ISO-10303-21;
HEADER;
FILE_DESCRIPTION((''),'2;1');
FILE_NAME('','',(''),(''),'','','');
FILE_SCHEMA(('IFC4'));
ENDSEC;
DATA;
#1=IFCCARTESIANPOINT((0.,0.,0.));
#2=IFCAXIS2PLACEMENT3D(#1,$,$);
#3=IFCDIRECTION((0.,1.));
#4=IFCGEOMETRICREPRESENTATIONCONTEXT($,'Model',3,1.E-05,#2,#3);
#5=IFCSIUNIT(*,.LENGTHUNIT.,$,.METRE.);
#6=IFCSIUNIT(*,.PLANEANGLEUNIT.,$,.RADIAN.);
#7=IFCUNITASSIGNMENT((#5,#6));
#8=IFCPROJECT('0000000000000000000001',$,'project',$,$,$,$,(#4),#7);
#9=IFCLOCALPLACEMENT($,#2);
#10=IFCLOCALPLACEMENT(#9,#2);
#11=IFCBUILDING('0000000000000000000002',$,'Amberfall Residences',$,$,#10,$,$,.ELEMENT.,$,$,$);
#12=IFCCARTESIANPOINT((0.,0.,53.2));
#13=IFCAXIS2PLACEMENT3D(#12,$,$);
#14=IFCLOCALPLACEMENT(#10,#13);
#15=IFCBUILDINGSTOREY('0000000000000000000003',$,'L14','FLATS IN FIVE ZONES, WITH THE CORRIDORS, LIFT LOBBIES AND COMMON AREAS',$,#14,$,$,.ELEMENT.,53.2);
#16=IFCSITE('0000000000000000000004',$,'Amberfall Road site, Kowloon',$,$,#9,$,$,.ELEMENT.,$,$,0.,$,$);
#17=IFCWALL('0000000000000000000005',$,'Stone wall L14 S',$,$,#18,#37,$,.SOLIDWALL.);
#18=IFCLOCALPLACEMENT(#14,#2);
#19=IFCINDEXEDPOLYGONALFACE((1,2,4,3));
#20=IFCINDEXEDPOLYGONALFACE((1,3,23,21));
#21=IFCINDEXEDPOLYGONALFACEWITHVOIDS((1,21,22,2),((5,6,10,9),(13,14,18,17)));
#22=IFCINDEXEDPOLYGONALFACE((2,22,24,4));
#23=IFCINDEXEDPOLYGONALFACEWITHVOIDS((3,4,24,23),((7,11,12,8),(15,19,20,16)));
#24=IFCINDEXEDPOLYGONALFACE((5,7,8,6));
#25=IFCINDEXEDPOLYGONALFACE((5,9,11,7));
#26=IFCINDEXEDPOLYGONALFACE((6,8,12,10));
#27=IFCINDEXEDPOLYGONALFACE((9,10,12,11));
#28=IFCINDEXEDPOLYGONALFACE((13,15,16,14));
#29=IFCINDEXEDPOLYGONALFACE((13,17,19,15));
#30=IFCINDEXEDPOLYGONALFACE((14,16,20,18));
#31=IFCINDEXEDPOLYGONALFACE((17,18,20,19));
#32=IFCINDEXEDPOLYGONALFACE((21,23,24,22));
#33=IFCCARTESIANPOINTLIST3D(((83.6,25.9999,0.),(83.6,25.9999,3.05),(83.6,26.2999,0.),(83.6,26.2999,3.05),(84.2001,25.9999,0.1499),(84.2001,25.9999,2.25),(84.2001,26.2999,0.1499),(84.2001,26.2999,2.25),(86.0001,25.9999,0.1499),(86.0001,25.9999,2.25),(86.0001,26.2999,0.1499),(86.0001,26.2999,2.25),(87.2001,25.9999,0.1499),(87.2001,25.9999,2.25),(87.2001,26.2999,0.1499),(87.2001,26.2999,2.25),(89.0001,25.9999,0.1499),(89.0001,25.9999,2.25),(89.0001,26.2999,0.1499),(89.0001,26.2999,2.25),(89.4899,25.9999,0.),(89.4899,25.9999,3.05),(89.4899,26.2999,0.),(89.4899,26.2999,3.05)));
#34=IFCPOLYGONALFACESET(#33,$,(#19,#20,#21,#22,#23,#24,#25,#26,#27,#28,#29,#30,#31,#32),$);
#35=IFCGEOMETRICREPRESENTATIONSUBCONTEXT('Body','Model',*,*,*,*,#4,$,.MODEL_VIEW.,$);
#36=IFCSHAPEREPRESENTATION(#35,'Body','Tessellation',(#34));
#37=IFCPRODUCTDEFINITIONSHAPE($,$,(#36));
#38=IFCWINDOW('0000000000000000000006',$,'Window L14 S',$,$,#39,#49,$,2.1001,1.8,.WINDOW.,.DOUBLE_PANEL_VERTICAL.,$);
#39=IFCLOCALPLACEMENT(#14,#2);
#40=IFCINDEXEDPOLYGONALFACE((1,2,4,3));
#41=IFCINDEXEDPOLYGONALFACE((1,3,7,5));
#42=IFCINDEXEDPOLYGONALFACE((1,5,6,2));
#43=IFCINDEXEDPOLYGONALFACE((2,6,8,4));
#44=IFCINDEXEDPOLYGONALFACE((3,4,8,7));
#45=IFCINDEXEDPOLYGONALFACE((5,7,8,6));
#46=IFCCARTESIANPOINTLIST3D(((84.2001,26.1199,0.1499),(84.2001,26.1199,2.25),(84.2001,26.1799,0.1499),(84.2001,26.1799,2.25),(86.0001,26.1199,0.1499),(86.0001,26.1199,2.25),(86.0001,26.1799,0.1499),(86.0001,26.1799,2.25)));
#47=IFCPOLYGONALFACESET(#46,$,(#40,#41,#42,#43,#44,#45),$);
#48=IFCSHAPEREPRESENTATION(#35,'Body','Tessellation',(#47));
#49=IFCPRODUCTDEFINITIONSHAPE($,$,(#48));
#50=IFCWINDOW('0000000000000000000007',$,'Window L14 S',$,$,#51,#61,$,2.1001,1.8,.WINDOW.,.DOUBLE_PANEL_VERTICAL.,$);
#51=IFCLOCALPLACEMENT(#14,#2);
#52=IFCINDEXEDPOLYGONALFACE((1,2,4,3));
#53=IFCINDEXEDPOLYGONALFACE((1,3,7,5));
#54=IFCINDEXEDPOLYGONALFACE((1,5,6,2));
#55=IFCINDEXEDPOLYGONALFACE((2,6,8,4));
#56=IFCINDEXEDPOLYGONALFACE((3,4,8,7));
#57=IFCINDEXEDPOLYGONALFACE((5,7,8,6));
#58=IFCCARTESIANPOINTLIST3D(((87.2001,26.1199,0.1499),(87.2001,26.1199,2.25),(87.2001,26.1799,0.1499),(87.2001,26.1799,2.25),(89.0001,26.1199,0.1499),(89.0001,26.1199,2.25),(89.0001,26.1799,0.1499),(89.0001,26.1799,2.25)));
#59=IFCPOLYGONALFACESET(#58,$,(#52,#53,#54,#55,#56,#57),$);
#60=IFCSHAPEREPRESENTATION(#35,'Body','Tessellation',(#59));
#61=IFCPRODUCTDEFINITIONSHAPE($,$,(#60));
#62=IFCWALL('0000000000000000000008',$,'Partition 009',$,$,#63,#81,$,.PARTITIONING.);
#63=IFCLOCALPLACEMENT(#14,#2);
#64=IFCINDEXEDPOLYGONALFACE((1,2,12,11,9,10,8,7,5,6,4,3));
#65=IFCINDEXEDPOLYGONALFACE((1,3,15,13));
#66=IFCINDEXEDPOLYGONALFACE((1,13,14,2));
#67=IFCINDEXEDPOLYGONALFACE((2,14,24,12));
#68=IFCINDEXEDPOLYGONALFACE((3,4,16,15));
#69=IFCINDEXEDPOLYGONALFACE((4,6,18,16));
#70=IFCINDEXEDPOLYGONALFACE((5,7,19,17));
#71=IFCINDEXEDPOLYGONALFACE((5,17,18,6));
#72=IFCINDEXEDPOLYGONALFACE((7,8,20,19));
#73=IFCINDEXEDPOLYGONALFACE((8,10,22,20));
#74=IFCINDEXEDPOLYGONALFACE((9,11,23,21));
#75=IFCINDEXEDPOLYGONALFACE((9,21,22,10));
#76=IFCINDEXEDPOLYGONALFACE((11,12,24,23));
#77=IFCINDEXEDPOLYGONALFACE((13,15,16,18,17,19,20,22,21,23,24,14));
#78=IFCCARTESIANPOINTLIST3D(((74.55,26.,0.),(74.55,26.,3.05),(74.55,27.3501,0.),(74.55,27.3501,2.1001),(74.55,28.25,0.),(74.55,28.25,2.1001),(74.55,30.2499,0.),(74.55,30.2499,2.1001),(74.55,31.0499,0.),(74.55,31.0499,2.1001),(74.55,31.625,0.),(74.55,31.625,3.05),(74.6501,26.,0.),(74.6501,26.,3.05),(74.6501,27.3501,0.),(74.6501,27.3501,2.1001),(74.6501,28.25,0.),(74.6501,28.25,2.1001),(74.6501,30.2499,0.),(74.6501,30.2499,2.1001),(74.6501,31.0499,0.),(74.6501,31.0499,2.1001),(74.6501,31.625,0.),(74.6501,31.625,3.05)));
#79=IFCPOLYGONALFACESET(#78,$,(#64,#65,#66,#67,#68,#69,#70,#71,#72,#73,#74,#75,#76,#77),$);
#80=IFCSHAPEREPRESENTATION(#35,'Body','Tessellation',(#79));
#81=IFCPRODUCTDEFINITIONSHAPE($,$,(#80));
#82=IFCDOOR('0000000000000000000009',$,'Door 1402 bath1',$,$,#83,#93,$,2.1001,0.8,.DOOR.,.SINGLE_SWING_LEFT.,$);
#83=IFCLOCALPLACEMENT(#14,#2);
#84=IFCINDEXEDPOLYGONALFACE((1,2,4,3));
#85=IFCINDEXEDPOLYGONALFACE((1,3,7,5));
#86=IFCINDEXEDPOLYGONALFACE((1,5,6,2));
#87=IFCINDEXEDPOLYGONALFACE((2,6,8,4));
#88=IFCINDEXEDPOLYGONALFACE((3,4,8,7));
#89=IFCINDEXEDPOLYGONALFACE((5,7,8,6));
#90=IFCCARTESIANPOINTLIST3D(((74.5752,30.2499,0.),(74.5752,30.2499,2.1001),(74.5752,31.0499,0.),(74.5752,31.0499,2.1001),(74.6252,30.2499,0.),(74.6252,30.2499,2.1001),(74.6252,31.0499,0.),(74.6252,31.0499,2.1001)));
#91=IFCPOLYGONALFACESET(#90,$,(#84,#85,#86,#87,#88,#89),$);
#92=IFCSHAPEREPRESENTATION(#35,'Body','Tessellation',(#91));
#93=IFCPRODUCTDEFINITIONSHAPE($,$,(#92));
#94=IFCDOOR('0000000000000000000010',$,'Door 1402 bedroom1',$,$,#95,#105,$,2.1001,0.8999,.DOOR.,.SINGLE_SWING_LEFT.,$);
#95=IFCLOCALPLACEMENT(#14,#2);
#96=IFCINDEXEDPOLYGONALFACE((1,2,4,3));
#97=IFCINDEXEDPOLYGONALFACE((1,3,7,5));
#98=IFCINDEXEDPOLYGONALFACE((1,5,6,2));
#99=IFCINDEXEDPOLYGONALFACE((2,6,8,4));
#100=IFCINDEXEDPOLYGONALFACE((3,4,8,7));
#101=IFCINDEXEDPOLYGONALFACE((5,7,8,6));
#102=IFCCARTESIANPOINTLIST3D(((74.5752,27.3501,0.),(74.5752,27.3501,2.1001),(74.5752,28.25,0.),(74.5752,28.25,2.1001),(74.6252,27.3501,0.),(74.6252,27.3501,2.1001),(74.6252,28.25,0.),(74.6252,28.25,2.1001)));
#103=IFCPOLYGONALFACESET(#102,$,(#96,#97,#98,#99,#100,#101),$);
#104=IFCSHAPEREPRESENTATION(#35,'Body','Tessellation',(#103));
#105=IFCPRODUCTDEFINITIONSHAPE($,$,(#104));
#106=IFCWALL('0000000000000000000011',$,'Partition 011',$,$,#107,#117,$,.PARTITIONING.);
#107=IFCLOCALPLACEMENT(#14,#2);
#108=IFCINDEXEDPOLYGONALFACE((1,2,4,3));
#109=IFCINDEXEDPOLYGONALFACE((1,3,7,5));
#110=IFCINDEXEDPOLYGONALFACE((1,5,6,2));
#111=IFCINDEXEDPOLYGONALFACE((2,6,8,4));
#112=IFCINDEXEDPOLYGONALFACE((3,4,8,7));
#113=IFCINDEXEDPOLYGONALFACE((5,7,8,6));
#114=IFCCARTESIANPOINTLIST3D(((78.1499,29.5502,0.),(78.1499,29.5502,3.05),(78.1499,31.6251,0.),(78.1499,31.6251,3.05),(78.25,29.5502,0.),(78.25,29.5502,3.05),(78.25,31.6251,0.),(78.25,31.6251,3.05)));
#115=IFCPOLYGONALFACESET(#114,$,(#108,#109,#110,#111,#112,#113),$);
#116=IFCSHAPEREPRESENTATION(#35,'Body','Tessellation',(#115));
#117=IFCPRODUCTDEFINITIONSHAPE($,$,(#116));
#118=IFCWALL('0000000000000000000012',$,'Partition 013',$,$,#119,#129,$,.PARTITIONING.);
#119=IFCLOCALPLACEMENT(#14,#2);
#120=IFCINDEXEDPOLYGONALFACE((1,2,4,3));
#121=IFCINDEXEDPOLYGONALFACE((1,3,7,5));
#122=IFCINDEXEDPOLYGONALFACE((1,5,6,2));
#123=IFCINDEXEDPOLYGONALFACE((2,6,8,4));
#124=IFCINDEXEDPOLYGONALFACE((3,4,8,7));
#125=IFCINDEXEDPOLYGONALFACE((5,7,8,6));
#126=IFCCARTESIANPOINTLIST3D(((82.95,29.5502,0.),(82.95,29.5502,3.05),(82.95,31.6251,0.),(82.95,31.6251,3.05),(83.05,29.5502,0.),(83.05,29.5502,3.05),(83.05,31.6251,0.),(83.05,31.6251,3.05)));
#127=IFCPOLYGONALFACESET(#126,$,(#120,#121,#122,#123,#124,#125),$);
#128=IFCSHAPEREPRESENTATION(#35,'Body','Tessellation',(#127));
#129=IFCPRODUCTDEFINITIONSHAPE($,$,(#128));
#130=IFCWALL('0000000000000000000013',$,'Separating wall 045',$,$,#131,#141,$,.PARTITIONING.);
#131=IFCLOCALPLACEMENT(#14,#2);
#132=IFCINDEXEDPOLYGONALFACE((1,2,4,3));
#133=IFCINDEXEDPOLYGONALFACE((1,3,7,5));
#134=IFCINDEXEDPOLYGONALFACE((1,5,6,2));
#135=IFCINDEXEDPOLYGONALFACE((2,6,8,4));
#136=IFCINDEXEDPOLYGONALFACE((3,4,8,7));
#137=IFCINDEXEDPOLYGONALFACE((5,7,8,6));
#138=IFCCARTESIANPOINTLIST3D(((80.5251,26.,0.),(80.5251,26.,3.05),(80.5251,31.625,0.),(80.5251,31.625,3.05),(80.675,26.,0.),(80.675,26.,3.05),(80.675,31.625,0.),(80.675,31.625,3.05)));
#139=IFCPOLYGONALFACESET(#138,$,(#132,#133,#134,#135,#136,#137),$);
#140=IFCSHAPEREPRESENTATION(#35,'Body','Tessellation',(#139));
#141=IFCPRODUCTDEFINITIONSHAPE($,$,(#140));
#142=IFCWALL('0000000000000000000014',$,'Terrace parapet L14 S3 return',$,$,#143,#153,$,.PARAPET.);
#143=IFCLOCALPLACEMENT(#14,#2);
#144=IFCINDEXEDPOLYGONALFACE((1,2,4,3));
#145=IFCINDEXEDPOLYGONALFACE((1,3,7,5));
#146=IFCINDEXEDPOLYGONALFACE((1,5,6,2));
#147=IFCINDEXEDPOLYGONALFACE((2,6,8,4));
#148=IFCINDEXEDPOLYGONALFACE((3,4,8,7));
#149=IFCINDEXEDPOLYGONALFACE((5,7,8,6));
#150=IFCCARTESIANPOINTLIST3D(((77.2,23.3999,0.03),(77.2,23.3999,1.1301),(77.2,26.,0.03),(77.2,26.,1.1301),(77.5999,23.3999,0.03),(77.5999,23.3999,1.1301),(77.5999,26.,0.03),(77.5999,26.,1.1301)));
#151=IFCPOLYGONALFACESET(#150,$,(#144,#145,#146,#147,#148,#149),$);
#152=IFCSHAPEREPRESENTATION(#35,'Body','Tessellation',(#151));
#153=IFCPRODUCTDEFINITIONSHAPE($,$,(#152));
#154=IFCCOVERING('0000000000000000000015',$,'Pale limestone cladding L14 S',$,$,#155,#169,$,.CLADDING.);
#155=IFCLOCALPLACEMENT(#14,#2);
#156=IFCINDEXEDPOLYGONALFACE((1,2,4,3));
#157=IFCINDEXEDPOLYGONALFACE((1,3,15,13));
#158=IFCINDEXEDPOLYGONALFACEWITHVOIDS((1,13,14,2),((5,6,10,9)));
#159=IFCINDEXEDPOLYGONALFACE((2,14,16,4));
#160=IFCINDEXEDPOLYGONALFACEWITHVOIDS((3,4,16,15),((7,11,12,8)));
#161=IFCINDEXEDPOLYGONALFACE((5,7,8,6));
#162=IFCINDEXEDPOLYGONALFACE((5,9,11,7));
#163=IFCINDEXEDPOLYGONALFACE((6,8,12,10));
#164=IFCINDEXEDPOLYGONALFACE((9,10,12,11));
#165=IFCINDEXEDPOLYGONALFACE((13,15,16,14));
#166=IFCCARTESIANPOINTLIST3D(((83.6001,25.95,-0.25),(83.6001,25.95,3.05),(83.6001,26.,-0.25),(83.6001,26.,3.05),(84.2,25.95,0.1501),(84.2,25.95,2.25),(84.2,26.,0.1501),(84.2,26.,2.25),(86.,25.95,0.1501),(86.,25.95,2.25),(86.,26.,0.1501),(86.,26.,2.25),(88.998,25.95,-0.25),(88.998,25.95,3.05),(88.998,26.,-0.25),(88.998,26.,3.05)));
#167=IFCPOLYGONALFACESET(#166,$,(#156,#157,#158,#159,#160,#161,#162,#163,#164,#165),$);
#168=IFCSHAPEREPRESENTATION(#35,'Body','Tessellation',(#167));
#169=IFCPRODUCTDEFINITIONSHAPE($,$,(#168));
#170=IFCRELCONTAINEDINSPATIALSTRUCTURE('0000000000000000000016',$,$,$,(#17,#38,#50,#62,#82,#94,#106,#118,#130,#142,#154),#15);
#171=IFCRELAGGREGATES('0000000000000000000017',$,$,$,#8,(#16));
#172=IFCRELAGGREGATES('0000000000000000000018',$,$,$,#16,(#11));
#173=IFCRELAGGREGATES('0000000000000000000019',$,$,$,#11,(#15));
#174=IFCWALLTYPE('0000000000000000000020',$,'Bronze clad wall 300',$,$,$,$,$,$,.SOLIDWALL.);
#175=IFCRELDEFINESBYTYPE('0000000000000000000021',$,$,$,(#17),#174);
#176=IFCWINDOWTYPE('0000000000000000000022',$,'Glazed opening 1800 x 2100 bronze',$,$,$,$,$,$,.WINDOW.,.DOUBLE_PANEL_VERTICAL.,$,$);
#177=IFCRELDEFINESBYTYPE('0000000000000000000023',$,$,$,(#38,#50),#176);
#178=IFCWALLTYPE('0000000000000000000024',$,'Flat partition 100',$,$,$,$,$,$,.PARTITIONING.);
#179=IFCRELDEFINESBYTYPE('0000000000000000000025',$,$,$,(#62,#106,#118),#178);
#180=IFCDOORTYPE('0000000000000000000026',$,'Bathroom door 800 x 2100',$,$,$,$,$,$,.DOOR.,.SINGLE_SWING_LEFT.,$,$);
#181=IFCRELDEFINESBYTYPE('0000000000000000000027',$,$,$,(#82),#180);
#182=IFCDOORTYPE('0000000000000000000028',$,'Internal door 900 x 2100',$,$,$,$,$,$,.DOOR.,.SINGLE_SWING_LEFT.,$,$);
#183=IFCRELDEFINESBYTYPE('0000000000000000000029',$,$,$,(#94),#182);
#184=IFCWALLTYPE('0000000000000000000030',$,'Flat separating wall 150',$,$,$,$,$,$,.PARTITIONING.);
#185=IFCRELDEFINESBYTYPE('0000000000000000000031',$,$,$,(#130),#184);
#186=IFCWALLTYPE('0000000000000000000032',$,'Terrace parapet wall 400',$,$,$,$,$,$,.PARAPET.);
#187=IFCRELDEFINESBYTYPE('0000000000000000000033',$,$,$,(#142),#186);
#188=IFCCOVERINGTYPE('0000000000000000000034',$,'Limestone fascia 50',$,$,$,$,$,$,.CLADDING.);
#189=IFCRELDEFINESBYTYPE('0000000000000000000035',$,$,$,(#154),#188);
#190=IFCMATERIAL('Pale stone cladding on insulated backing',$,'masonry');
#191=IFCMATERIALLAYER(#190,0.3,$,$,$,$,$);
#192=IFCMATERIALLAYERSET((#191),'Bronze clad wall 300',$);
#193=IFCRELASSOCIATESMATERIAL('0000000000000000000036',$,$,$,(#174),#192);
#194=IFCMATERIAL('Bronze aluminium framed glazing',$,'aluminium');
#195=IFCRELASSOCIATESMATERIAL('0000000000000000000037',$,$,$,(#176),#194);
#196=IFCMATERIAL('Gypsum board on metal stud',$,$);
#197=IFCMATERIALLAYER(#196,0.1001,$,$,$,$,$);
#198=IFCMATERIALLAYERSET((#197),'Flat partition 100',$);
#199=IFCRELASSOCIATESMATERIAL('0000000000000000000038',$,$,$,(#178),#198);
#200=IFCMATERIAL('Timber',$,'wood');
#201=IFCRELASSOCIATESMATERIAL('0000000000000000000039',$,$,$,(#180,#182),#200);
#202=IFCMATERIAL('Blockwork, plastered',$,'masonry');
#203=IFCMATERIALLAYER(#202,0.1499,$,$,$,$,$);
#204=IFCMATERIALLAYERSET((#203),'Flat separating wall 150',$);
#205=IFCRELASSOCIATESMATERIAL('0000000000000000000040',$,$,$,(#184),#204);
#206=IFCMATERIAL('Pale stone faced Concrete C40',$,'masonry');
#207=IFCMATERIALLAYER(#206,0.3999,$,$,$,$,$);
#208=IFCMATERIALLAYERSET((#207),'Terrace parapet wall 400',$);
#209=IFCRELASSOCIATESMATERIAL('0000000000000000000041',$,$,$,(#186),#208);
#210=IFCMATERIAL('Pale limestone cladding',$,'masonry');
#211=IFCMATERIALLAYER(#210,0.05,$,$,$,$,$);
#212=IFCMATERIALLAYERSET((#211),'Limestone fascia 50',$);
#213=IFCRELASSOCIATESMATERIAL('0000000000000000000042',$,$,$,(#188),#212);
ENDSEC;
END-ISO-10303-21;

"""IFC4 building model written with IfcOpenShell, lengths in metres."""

from ifc_helpers import new_model, si_unit, direction, frame, frame_2d, origin, place, context, subcontext, project, spatial, polyline, rectangle, outline, extrude, material, layer, layer_set, type_object, element, fill, save


model = new_model("IFC4")

# Units and contexts
model_context = context("Model", 3, precision=1e-05, world=origin(), true_north=direction((0.0, 1.0)))
body_context = subcontext(model_context, "Body", "Model", "MODEL_VIEW")
ifc_project = project(units=[si_unit("LENGTHUNIT", "METRE"), si_unit("PLANEANGLEUNIT", "RADIAN")], contexts=[model_context])

# Site, building, storey
site_placement = place(None, origin())
site = spatial("IfcSite", under=ifc_project, at=site_placement, Name="Amberfall Road site, Kowloon", CompositionType="ELEMENT", RefElevation=0.0)
building_placement = place(site_placement, origin())
building = spatial("IfcBuilding", under=site, at=building_placement, Name="Amberfall Residences", CompositionType="ELEMENT")
storey_placement = place(building_placement, frame((0.0, 0.0, 53.2)))
storey = spatial("IfcBuildingStorey", under=building, at=storey_placement, Name="L14", Description="FLATS IN FIVE ZONES, WITH THE CORRIDORS, LIFT LOBBIES AND COMMON AREAS", CompositionType="ELEMENT", Elevation=53.2)

# Wall, openings, windows
ifc_material_1 = material(Name="Pale stone cladding on insulated backing", Category="masonry")
ifc_layer_1 = layer(ifc_material_1, 0.3)
ifc_layer_set_1 = layer_set([ifc_layer_1], Name="Bronze clad wall 300")
wall_type_1 = type_object("IfcWallType", Name="Bronze clad wall 300", PredefinedType="SOLIDWALL", material=ifc_layer_set_1)
ifc_material_2 = material(Name="Bronze aluminium framed glazing", Category="aluminium")
window_type = type_object("IfcWindowType", Name="Glazed opening 1800 x 2100 bronze", PartitioningType="DOUBLE_PANEL_VERTICAL", PredefinedType="WINDOW", material=ifc_material_2)
wall_1_placement = place(storey_placement, frame((83.6001, 26.1499, 0.0), z_axis=(0.0, 0.0, 1.0), x_axis=(1.0, 0.0, 0.0)))
wall_1 = element("IfcWall", 1, at=wall_1_placement, inside=storey, type_object=wall_type_1, Name="Stone wall L14 S", PredefinedType="SOLIDWALL", context=body_context, shape_type="SweptSolid", body=[
    extrude(rectangle(XDim=5.8899, YDim=0.3, at=frame_2d((2.9448, 0.0))), origin(), (0.0, 0.0, 1.0), 3.05),
])
opening_1_placement = place(wall_1_placement, frame((0.6001, 0.0, 0.1499)))
opening_1 = element("IfcOpeningElement", 2, at=opening_1_placement, cuts=wall_1, PredefinedType="OPENING", context=body_context, shape_type="SweptSolid", body=[
    extrude(rectangle(XDim=1.8, YDim=2.1001, at=frame_2d((0.8999, 1.05))), frame((0.0, 0.1599, 0.0), z_axis=(0.0, -1.0, 0.0), x_axis=(1.0, 0.0, 0.0)), (0.0, 0.0, 1.0), 0.3201),
])
opening_2_placement = place(wall_1_placement, frame((3.6001, 0.0, 0.1499)))
opening_2 = element("IfcOpeningElement", 3, at=opening_2_placement, cuts=wall_1, PredefinedType="OPENING", context=body_context, shape_type="SweptSolid", body=[
    extrude(rectangle(XDim=1.8, YDim=2.1001, at=frame_2d((0.8999, 1.05))), frame((0.0, 0.1599, 0.0), z_axis=(0.0, -1.0, 0.0), x_axis=(1.0, 0.0, 0.0)), (0.0, 0.0, 1.0), 0.3201),
])
window_1_placement = place(opening_1_placement, origin())
window_1 = element("IfcWindow", 4, at=window_1_placement, inside=storey, type_object=window_type, Name="Window L14 S", OverallHeight=2.1001, OverallWidth=1.8, PartitioningType="DOUBLE_PANEL_VERTICAL", PredefinedType="WINDOW", context=body_context, shape_type="SweptSolid", body=[
    extrude(rectangle(XDim=1.8, YDim=2.1001, at=frame_2d((0.8999, 1.05))), frame((0.0, 0.03, 0.0), z_axis=(0.0, -1.0, 0.0), x_axis=(1.0, 0.0, 0.0)), (0.0, 0.0, 1.0), 0.0601),
])
fill(opening_1, window_1)
window_2_placement = place(opening_2_placement, origin())
window_2 = element("IfcWindow", 5, at=window_2_placement, inside=storey, type_object=window_type, Name="Window L14 S", OverallHeight=2.1001, OverallWidth=1.8, PartitioningType="DOUBLE_PANEL_VERTICAL", PredefinedType="WINDOW", context=body_context, shape_type="SweptSolid", body=[
    extrude(rectangle(XDim=1.8, YDim=2.1001, at=frame_2d((0.8999, 1.05))), frame((0.0, 0.03, 0.0), z_axis=(0.0, -1.0, 0.0), x_axis=(1.0, 0.0, 0.0)), (0.0, 0.0, 1.0), 0.0601),
])
fill(opening_2, window_2)

# Wall, openings, doors
ifc_material_3 = material(Name="Gypsum board on metal stud")
ifc_layer_2 = layer(ifc_material_3, 0.1001)
ifc_layer_set_2 = layer_set([ifc_layer_2], Name="Flat partition 100")
wall_type_2 = type_object("IfcWallType", Name="Flat partition 100", PredefinedType="PARTITIONING", material=ifc_layer_set_2)
wall_2_placement = place(storey_placement, frame((74.6001, 26.0, 0.0), z_axis=(0.0, 0.0, 1.0), x_axis=(0.0, 1.0, 0.0)))
wall_2 = element("IfcWall", 6, at=wall_2_placement, inside=storey, type_object=wall_type_2, Name="Partition 009", PredefinedType="PARTITIONING", context=body_context, shape_type="SweptSolid", body=[
    extrude(rectangle(XDim=5.625, YDim=0.1001, at=frame_2d((2.8125, 0.0))), origin(), (0.0, 0.0, 1.0), 3.05),
])
opening_3_placement = place(wall_2_placement, frame((1.3501, 0.0, 0.0)))
opening_3 = element("IfcOpeningElement", 7, at=opening_3_placement, cuts=wall_2, PredefinedType="OPENING", context=body_context, shape_type="SweptSolid", body=[
    extrude(rectangle(XDim=0.8999, YDim=2.1001, at=frame_2d((0.45, 1.05))), frame((0.0, 0.0601, 0.0), z_axis=(0.0, -1.0, 0.0), x_axis=(1.0, 0.0, 0.0)), (0.0, 0.0, 1.0), 0.1201),
])
opening_4_placement = place(wall_2_placement, frame((4.25, 0.0, 0.0)))
opening_4 = element("IfcOpeningElement", 8, at=opening_4_placement, cuts=wall_2, PredefinedType="OPENING", context=body_context, shape_type="SweptSolid", body=[
    extrude(rectangle(XDim=0.8, YDim=2.1001, at=frame_2d((0.3999, 1.05))), frame((0.0, 0.0601, 0.0), z_axis=(0.0, -1.0, 0.0), x_axis=(1.0, 0.0, 0.0)), (0.0, 0.0, 1.0), 0.1201),
])
ifc_material_4 = material(Name="Timber", Category="wood")
door_type_1 = type_object("IfcDoorType", Name="Bathroom door 800 x 2100", OperationType="SINGLE_SWING_LEFT", PredefinedType="DOOR", material=ifc_material_4)
door_1_placement = place(opening_4_placement, origin())
door_1 = element("IfcDoor", 9, at=door_1_placement, inside=storey, type_object=door_type_1, Name="Door 1402 bath1", OperationType="SINGLE_SWING_LEFT", OverallHeight=2.1001, OverallWidth=0.8, PredefinedType="DOOR", context=body_context, shape_type="SweptSolid", body=[
    extrude(rectangle(XDim=0.8, YDim=2.1001, at=frame_2d((0.3999, 1.05))), frame((0.0, 0.0249, 0.0), z_axis=(0.0, -1.0, 0.0), x_axis=(1.0, 0.0, 0.0)), (0.0, 0.0, 1.0), 0.05),
])
fill(opening_4, door_1)
door_type_2 = type_object("IfcDoorType", Name="Internal door 900 x 2100", OperationType="SINGLE_SWING_LEFT", PredefinedType="DOOR", material=ifc_material_4)
door_2_placement = place(opening_3_placement, origin())
door_2 = element("IfcDoor", 10, at=door_2_placement, inside=storey, type_object=door_type_2, Name="Door 1402 bedroom1", OperationType="SINGLE_SWING_LEFT", OverallHeight=2.1001, OverallWidth=0.8999, PredefinedType="DOOR", context=body_context, shape_type="SweptSolid", body=[
    extrude(rectangle(XDim=0.8999, YDim=2.1001, at=frame_2d((0.45, 1.05))), frame((0.0, 0.0249, 0.0), z_axis=(0.0, -1.0, 0.0), x_axis=(1.0, 0.0, 0.0)), (0.0, 0.0, 1.0), 0.05),
])
fill(opening_3, door_2)

# Walls
for number, where, z_axis, x_axis, name in (
    (11, (78.2, 29.55, 0.0), (0.0, 0.0, 1.0), (0.0, 1.0, 0.0), "Partition 011"),
    (12, (83.0, 29.55, 0.0), (0.0, 0.0, 1.0), (0.0, 1.0, 0.0), "Partition 013"),
):
    element("IfcWall", number, at=place(storey_placement, frame(where, z_axis=z_axis, x_axis=x_axis)), inside=storey, type_object=wall_type_2, Name=name, PredefinedType="PARTITIONING", context=body_context, shape_type="SweptSolid", body=[
        extrude(rectangle(XDim=2.075, YDim=0.1001, at=frame_2d((1.0376, 0.0))), origin(), (0.0, 0.0, 1.0), 3.05),
    ])
ifc_material_5 = material(Name="Blockwork, plastered", Category="masonry")
ifc_layer_3 = layer(ifc_material_5, 0.1499)
ifc_layer_set_3 = layer_set([ifc_layer_3], Name="Flat separating wall 150")
wall_type_3 = type_object("IfcWallType", Name="Flat separating wall 150", PredefinedType="PARTITIONING", material=ifc_layer_set_3)
wall_3_placement = place(storey_placement, frame((80.6001, 26.0, 0.0), z_axis=(0.0, 0.0, 1.0), x_axis=(0.0, 1.0, 0.0)))
element("IfcWall", 13, at=wall_3_placement, inside=storey, type_object=wall_type_3, Name="Separating wall 045", PredefinedType="PARTITIONING", context=body_context, shape_type="SweptSolid", body=[
    extrude(rectangle(XDim=5.625, YDim=0.1499, at=frame_2d((2.8125, 0.0))), origin(), (0.0, 0.0, 1.0), 3.05),
])

# Wall
ifc_material_6 = material(Name="Pale stone faced Concrete C40", Category="masonry")
ifc_layer_4 = layer(ifc_material_6, 0.3999)
ifc_layer_set_4 = layer_set([ifc_layer_4], Name="Terrace parapet wall 400")
wall_type_4 = type_object("IfcWallType", Name="Terrace parapet wall 400", PredefinedType="PARAPET", material=ifc_layer_set_4)
wall_4_placement = place(storey_placement, frame((77.3999, 23.3999, 0.03), z_axis=(0.0, 0.0, 1.0), x_axis=(0.0, 1.0, 0.0)))
element("IfcWall", 14, at=wall_4_placement, inside=storey, type_object=wall_type_4, Name="Terrace parapet L14 S3 return", PredefinedType="PARAPET", context=body_context, shape_type="SweptSolid", body=[
    extrude(rectangle(XDim=2.6001, YDim=0.3999, at=frame_2d((1.3, 0.0))), origin(), (0.0, 0.0, 1.0), 1.1001),
])

# Covering
ifc_material_7 = material(Name="Pale limestone cladding", Category="masonry")
ifc_layer_5 = layer(ifc_material_7, 0.05)
ifc_layer_set_5 = layer_set([ifc_layer_5], Name="Limestone fascia 50")
covering_type = type_object("IfcCoveringType", Name="Limestone fascia 50", PredefinedType="CLADDING", material=ifc_layer_set_5)
covering_1_placement = place(storey_placement, frame((83.6001, 26.0, 3.05), z_axis=(0.0, 1.0, 0.0), x_axis=(1.0, 0.0, 0.0)))
element("IfcCovering", 15, at=covering_1_placement, inside=storey, type_object=covering_type, Name="Pale limestone cladding L14 S", PredefinedType="CLADDING", context=body_context, shape_type="SweptSolid", body=[
    extrude(outline(polyline([(0.0, 0.0), (5.3979, 0.0), (5.3979, 3.3), (0.0, 3.3), (0.0, 0.0)]), holes=[polyline([(0.5999, 0.8), (2.3999, 0.8), (2.3999, 2.8999), (0.5999, 2.8999), (0.5999, 0.8)])]), origin(), (0.0, 0.0, -1.0), 0.05),
])

save(model, "model.ifc")
